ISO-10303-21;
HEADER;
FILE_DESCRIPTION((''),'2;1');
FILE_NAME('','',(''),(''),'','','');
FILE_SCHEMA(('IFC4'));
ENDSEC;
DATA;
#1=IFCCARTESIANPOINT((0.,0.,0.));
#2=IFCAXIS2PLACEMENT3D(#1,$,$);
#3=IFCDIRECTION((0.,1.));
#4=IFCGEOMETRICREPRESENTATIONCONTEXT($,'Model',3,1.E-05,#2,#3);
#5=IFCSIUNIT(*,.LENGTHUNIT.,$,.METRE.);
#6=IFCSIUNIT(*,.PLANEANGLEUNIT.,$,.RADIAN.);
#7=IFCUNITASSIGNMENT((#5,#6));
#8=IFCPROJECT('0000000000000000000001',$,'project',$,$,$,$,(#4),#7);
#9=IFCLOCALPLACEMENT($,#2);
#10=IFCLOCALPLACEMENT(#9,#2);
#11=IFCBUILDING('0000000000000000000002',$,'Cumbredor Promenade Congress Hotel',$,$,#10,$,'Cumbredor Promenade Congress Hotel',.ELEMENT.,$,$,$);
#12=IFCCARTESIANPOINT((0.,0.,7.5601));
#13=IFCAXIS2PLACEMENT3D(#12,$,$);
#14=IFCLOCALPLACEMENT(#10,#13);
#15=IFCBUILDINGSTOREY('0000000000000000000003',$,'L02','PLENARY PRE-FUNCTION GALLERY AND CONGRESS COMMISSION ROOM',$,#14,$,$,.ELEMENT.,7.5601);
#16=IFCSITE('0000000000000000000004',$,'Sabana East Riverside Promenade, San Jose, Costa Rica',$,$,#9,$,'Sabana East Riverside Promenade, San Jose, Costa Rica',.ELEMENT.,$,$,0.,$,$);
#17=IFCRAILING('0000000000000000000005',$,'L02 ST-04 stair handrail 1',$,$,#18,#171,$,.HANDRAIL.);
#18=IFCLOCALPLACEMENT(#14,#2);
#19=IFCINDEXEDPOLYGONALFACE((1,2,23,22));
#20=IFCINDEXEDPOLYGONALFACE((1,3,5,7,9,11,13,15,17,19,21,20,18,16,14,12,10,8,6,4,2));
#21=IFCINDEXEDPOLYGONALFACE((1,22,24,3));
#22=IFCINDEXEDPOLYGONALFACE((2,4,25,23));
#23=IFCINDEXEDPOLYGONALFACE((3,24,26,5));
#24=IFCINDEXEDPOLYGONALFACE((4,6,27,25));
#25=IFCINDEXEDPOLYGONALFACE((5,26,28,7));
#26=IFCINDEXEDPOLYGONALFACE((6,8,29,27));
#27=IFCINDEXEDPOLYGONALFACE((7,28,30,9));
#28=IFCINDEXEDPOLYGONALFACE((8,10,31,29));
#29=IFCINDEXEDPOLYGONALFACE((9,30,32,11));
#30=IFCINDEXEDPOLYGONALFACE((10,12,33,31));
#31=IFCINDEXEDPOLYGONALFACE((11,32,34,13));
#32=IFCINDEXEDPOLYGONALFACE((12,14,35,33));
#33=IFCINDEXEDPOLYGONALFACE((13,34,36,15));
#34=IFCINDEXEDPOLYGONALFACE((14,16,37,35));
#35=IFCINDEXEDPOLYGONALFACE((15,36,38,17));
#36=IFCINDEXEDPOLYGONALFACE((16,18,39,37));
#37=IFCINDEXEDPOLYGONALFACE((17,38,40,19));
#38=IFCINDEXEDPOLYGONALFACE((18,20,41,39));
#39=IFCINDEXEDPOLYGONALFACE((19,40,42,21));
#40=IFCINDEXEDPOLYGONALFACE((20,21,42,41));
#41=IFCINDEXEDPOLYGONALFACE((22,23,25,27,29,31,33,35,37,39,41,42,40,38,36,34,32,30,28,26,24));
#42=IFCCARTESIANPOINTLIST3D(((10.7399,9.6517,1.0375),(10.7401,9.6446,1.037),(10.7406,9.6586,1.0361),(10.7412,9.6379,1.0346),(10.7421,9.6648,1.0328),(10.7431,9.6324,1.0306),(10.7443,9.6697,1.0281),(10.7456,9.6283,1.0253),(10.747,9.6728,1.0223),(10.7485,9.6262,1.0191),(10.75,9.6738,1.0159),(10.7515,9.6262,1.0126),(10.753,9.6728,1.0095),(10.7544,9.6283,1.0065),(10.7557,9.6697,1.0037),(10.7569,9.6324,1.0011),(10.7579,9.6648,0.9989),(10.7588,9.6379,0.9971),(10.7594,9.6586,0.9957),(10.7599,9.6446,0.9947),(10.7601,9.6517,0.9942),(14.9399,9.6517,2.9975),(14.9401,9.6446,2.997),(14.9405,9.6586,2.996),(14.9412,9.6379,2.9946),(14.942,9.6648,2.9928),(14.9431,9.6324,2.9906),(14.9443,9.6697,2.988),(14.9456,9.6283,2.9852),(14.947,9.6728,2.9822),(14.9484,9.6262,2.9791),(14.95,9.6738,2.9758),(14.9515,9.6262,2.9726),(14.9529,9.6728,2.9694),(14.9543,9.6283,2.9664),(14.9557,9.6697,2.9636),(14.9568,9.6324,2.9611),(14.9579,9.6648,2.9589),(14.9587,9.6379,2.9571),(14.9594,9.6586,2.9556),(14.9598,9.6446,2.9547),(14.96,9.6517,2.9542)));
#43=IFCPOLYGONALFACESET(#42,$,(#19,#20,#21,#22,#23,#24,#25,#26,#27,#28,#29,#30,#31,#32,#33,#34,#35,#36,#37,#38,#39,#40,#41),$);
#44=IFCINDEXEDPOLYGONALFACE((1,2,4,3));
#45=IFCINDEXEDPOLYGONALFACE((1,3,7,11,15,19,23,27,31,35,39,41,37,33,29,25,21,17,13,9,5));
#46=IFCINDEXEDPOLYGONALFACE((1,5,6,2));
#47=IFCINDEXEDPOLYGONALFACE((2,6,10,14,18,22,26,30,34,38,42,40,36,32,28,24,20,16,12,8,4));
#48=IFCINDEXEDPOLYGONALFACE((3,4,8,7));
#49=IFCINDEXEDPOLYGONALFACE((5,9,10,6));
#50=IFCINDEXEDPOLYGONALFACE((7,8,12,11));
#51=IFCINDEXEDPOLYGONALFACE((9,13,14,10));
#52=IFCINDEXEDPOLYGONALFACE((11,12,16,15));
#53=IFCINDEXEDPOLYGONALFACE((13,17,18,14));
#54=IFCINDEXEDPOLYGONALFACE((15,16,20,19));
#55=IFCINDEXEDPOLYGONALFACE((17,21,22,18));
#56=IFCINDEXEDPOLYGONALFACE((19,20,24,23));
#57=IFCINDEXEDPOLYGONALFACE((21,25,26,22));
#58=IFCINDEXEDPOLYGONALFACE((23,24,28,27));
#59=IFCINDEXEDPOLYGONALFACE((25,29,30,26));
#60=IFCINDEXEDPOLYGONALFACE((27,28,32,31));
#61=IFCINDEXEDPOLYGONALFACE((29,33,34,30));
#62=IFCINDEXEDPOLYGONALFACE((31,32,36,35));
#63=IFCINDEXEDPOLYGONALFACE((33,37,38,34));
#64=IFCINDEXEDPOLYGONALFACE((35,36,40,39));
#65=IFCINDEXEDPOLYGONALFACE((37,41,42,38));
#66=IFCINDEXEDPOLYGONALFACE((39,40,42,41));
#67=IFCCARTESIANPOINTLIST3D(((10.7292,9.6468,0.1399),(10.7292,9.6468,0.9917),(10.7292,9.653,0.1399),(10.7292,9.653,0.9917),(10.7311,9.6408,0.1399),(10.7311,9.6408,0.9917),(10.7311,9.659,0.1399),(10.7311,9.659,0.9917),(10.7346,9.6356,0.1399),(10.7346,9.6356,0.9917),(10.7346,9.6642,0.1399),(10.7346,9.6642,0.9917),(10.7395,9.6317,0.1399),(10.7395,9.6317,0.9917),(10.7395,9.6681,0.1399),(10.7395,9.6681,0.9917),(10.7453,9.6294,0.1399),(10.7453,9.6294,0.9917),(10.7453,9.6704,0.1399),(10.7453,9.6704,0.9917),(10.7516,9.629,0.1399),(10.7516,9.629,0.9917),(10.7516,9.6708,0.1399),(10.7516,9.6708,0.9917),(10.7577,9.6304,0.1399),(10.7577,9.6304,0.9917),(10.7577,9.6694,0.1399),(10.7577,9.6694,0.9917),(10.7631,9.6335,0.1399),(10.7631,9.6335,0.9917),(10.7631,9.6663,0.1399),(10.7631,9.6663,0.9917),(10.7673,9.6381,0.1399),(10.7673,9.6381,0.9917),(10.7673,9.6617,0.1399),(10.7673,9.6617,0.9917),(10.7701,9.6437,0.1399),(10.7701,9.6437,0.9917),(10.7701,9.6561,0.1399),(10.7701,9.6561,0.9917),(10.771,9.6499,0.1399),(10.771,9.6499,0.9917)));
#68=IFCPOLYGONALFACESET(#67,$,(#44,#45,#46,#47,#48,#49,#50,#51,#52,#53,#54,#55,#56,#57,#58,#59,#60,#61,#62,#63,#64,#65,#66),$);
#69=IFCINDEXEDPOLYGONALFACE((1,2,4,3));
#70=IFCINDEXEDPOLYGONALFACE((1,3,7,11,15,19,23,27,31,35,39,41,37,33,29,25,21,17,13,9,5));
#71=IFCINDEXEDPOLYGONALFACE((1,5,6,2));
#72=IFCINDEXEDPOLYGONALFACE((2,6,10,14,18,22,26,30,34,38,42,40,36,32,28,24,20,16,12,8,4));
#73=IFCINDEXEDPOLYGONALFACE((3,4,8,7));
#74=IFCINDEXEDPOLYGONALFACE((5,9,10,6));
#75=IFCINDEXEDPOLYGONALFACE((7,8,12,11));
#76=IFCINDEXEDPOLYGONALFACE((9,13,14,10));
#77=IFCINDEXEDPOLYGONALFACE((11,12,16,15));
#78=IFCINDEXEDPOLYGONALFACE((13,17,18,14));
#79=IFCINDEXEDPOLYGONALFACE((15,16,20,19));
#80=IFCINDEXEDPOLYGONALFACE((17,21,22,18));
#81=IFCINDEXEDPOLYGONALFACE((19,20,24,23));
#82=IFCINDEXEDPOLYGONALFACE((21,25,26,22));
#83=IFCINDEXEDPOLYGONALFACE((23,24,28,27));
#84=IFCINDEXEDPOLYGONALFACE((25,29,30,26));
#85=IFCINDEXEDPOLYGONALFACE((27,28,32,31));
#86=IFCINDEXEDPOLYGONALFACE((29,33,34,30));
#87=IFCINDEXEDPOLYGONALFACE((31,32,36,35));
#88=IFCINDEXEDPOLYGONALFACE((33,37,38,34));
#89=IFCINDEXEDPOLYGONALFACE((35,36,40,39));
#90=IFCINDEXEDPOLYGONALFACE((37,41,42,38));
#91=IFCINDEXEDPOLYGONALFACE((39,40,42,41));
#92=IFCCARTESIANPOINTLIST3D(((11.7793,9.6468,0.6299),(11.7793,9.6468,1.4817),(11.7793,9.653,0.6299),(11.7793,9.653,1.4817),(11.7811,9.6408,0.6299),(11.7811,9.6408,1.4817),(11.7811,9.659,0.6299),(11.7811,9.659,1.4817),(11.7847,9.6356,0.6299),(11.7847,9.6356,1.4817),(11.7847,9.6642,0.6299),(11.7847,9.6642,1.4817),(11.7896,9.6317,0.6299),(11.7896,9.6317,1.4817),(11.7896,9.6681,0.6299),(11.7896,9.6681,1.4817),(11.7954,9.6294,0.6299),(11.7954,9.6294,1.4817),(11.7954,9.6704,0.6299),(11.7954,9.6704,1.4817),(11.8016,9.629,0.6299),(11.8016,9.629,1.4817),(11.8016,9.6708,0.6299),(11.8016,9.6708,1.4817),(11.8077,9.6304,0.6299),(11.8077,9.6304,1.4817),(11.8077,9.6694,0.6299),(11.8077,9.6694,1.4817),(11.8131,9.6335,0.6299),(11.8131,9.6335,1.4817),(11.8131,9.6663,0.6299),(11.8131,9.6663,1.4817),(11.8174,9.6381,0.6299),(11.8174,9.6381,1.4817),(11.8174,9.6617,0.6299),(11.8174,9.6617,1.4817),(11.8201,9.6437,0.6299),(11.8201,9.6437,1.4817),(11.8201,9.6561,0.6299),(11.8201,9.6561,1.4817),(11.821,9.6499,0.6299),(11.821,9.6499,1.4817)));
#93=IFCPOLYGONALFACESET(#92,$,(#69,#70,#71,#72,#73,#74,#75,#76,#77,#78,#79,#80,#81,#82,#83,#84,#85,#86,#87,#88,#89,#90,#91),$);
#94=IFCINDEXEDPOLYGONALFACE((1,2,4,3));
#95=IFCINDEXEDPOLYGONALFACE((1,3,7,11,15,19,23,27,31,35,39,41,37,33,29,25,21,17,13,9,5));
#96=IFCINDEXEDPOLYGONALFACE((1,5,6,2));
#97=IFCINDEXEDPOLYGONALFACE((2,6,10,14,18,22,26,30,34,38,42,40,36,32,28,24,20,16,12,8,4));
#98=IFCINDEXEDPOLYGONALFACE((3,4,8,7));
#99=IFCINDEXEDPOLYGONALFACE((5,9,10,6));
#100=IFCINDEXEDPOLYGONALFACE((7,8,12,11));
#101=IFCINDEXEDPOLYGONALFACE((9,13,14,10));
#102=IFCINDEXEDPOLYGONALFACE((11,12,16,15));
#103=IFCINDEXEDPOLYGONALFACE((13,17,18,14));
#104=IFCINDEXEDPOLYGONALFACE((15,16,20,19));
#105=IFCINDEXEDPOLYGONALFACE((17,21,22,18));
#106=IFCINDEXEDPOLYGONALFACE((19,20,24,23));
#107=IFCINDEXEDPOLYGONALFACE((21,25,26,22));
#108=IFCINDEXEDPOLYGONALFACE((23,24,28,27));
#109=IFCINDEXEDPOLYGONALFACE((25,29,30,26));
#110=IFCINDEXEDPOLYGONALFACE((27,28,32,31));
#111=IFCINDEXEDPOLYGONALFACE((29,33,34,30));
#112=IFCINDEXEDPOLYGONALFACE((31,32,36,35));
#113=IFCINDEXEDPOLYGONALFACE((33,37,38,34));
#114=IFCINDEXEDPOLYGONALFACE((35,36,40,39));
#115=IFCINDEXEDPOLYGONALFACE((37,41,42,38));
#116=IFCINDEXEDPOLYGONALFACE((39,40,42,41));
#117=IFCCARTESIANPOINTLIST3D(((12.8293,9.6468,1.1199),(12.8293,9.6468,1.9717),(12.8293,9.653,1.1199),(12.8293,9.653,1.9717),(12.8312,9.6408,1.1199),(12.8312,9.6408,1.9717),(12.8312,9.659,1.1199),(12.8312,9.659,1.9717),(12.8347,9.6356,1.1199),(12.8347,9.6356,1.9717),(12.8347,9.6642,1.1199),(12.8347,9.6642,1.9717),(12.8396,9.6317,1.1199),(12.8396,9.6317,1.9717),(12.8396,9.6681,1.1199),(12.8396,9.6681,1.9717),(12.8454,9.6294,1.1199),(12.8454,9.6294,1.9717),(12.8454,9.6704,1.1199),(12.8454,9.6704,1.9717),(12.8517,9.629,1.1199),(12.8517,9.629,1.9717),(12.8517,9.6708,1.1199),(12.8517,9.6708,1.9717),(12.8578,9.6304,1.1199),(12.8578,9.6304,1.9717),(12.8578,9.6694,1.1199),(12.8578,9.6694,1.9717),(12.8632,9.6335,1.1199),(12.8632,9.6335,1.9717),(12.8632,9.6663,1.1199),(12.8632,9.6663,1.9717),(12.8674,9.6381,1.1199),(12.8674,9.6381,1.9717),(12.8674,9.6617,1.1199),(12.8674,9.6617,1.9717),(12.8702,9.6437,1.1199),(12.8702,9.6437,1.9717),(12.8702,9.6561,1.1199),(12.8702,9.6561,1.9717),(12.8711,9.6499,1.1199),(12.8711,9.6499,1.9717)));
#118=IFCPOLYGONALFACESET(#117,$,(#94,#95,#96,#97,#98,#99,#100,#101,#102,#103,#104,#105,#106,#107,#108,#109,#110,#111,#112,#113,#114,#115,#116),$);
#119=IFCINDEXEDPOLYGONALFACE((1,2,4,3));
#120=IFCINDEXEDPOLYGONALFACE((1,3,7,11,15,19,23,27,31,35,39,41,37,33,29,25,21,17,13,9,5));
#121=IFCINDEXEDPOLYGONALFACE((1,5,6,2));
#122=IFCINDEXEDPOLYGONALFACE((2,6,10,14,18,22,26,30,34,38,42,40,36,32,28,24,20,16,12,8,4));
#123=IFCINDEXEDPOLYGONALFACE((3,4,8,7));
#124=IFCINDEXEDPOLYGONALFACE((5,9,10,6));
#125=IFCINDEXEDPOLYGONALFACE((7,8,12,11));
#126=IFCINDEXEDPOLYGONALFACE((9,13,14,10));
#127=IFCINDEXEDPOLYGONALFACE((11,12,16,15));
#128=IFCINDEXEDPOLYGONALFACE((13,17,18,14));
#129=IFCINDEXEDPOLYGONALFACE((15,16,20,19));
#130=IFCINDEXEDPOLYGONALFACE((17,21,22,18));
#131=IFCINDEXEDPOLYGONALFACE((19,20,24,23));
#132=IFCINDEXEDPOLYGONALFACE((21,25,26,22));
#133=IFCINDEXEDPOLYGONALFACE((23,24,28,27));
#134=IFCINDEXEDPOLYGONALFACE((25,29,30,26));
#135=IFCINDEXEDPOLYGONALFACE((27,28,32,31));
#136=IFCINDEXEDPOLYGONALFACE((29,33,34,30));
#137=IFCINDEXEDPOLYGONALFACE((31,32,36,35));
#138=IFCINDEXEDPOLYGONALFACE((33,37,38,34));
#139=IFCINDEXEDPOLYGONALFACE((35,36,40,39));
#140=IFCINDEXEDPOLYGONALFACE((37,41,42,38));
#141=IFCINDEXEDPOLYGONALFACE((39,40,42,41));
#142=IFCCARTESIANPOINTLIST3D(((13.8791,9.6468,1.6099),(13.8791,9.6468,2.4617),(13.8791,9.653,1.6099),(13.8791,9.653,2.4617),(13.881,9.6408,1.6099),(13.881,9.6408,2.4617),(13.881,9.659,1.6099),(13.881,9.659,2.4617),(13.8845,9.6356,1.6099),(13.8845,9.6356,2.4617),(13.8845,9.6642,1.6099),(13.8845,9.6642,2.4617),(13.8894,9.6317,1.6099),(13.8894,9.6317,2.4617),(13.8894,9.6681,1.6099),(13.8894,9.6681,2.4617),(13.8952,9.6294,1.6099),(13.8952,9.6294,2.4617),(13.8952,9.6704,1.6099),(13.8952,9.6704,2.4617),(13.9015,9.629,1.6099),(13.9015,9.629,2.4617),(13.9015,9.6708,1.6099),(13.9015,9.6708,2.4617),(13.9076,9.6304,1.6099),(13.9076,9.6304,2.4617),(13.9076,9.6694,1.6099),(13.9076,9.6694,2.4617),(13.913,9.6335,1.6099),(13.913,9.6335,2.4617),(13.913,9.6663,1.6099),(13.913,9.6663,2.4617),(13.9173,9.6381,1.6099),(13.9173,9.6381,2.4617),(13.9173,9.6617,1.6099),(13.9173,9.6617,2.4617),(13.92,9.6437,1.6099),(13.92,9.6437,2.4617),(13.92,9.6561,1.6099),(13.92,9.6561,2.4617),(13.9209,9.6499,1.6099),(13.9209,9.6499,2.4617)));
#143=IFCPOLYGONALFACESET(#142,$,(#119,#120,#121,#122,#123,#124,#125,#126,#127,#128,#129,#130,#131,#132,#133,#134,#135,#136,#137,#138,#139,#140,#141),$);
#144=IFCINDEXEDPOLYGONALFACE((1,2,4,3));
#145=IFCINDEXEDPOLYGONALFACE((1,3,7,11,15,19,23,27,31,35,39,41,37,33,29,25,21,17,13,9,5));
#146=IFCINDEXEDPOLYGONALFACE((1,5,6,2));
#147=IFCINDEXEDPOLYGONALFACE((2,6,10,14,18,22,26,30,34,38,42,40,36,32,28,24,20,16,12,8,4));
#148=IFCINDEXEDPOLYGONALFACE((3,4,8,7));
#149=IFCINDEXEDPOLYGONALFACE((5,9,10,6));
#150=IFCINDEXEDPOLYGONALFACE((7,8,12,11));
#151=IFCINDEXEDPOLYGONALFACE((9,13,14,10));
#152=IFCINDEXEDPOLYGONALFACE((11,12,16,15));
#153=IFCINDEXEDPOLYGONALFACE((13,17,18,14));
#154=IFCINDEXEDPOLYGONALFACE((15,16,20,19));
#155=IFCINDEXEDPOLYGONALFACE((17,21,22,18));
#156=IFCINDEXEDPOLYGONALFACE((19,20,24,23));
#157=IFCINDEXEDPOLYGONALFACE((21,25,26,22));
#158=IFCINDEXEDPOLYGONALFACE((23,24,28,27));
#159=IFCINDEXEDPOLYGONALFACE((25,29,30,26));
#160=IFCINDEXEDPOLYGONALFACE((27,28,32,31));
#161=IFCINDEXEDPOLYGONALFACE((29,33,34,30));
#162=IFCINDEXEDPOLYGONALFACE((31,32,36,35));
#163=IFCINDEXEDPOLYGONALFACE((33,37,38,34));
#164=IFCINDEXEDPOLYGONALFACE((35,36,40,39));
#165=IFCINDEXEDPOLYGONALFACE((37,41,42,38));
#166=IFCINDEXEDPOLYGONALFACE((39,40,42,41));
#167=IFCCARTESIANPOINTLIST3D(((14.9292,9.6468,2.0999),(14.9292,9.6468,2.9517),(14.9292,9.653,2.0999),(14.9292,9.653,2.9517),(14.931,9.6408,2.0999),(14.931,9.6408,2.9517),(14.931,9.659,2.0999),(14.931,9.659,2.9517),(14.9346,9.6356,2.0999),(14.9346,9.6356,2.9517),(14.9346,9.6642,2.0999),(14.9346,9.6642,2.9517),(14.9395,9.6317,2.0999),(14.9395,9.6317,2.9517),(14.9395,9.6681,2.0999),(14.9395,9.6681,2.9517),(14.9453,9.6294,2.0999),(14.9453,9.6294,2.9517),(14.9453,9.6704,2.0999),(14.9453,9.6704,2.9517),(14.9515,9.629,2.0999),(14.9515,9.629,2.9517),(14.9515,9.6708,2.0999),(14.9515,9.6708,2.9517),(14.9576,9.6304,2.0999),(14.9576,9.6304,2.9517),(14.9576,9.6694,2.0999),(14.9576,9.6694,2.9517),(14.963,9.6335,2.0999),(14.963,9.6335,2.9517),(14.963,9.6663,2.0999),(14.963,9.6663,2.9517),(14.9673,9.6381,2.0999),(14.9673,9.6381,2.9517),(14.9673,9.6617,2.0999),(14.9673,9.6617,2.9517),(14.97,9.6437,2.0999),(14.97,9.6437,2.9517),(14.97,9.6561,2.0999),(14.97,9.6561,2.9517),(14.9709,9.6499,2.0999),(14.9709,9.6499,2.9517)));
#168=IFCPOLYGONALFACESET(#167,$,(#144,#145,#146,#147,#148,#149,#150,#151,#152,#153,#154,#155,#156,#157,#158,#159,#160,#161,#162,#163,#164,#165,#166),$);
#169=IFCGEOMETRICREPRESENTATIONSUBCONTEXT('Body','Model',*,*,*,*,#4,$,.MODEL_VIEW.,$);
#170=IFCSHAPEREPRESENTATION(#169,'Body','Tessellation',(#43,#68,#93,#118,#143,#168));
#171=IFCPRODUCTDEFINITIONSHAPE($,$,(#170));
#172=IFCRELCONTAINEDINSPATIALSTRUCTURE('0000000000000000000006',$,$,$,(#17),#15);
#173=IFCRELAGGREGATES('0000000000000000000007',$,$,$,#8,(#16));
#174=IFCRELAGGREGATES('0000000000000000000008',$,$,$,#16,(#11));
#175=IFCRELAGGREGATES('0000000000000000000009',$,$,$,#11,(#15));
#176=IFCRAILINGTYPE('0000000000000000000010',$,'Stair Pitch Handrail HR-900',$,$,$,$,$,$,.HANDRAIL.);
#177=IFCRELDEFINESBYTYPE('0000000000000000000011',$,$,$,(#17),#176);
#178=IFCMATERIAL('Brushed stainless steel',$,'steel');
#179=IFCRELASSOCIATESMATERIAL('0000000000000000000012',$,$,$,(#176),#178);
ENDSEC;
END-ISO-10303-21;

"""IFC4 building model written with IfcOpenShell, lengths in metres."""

from ifc_helpers import new_model, si_unit, direction, frame, origin, origin_2d, place, context, subcontext, project, spatial, circle, extrude, material, type_object, element, save


model = new_model("IFC4")

# Units and contexts
model_context = context("Model", 3, precision=1e-05, world=origin(), true_north=direction((0.0, 1.0)))
body_context = subcontext(model_context, "Body", "Model", "MODEL_VIEW")
ifc_project = project(units=[si_unit("LENGTHUNIT", "METRE"), si_unit("PLANEANGLEUNIT", "RADIAN")], contexts=[model_context])

# Site, building, storey
site_placement = place(None, origin())
site = spatial("IfcSite", under=ifc_project, at=site_placement, Name="Sabana East Riverside Promenade, San Jose, Costa Rica", LongName="Sabana East Riverside Promenade, San Jose, Costa Rica", CompositionType="ELEMENT", RefElevation=0.0)
building_placement = place(site_placement, origin())
building = spatial("IfcBuilding", under=site, at=building_placement, Name="Cumbredor Promenade Congress Hotel", LongName="Cumbredor Promenade Congress Hotel", CompositionType="ELEMENT")
storey_placement = place(building_placement, frame((0.0, 0.0, 7.5601)))
storey = spatial("IfcBuildingStorey", under=building, at=storey_placement, Name="L02", Description="PLENARY PRE-FUNCTION GALLERY AND CONGRESS COMMISSION ROOM", CompositionType="ELEMENT", Elevation=7.5601)

# Shared definitions
ifc_material_1 = material(Name="Brushed stainless steel", Category="steel")

# Railing
railing_type_1 = type_object("IfcRailingType", Name="Stair Pitch Handrail HR-900", PredefinedType="HANDRAIL", material=ifc_material_1)
railing_1_placement = place(storey_placement, frame((10.75, 9.6499, 0.1399)))
element("IfcRailing", 1, at=railing_1_placement, inside=storey, type_object=railing_type_1, Name="L02 ST-04 stair handrail 1", PredefinedType="HANDRAIL", context=body_context, shape_type="SweptSolid", body=[
    extrude(circle(Radius=0.0239, at=origin_2d()), frame((0.0, 0.0, 0.876), z_axis=(0.906184, 0.0, 0.422883), x_axis=(0.0, 1.0, 0.0)), (0.0, 0.0, 1.0), 4.6348),
    extrude(circle(Radius=0.021, at=origin_2d()), origin(), (0.0, 0.0, 1.0), 0.8518),
    extrude(circle(Radius=0.021, at=origin_2d()), frame((1.05, 0.0, 0.49)), (0.0, 0.0, 1.0), 0.8518),
    extrude(circle(Radius=0.021, at=origin_2d()), frame((2.1001, 0.0, 0.98)), (0.0, 0.0, 1.0), 0.8518),
    extrude(circle(Radius=0.021, at=origin_2d()), frame((3.1499, 0.0, 1.47)), (0.0, 0.0, 1.0), 0.8518),
    extrude(circle(Radius=0.021, at=origin_2d()), frame((4.2, 0.0, 1.96)), (0.0, 0.0, 1.0), 0.8518),
])

save(model, "model.ifc")
